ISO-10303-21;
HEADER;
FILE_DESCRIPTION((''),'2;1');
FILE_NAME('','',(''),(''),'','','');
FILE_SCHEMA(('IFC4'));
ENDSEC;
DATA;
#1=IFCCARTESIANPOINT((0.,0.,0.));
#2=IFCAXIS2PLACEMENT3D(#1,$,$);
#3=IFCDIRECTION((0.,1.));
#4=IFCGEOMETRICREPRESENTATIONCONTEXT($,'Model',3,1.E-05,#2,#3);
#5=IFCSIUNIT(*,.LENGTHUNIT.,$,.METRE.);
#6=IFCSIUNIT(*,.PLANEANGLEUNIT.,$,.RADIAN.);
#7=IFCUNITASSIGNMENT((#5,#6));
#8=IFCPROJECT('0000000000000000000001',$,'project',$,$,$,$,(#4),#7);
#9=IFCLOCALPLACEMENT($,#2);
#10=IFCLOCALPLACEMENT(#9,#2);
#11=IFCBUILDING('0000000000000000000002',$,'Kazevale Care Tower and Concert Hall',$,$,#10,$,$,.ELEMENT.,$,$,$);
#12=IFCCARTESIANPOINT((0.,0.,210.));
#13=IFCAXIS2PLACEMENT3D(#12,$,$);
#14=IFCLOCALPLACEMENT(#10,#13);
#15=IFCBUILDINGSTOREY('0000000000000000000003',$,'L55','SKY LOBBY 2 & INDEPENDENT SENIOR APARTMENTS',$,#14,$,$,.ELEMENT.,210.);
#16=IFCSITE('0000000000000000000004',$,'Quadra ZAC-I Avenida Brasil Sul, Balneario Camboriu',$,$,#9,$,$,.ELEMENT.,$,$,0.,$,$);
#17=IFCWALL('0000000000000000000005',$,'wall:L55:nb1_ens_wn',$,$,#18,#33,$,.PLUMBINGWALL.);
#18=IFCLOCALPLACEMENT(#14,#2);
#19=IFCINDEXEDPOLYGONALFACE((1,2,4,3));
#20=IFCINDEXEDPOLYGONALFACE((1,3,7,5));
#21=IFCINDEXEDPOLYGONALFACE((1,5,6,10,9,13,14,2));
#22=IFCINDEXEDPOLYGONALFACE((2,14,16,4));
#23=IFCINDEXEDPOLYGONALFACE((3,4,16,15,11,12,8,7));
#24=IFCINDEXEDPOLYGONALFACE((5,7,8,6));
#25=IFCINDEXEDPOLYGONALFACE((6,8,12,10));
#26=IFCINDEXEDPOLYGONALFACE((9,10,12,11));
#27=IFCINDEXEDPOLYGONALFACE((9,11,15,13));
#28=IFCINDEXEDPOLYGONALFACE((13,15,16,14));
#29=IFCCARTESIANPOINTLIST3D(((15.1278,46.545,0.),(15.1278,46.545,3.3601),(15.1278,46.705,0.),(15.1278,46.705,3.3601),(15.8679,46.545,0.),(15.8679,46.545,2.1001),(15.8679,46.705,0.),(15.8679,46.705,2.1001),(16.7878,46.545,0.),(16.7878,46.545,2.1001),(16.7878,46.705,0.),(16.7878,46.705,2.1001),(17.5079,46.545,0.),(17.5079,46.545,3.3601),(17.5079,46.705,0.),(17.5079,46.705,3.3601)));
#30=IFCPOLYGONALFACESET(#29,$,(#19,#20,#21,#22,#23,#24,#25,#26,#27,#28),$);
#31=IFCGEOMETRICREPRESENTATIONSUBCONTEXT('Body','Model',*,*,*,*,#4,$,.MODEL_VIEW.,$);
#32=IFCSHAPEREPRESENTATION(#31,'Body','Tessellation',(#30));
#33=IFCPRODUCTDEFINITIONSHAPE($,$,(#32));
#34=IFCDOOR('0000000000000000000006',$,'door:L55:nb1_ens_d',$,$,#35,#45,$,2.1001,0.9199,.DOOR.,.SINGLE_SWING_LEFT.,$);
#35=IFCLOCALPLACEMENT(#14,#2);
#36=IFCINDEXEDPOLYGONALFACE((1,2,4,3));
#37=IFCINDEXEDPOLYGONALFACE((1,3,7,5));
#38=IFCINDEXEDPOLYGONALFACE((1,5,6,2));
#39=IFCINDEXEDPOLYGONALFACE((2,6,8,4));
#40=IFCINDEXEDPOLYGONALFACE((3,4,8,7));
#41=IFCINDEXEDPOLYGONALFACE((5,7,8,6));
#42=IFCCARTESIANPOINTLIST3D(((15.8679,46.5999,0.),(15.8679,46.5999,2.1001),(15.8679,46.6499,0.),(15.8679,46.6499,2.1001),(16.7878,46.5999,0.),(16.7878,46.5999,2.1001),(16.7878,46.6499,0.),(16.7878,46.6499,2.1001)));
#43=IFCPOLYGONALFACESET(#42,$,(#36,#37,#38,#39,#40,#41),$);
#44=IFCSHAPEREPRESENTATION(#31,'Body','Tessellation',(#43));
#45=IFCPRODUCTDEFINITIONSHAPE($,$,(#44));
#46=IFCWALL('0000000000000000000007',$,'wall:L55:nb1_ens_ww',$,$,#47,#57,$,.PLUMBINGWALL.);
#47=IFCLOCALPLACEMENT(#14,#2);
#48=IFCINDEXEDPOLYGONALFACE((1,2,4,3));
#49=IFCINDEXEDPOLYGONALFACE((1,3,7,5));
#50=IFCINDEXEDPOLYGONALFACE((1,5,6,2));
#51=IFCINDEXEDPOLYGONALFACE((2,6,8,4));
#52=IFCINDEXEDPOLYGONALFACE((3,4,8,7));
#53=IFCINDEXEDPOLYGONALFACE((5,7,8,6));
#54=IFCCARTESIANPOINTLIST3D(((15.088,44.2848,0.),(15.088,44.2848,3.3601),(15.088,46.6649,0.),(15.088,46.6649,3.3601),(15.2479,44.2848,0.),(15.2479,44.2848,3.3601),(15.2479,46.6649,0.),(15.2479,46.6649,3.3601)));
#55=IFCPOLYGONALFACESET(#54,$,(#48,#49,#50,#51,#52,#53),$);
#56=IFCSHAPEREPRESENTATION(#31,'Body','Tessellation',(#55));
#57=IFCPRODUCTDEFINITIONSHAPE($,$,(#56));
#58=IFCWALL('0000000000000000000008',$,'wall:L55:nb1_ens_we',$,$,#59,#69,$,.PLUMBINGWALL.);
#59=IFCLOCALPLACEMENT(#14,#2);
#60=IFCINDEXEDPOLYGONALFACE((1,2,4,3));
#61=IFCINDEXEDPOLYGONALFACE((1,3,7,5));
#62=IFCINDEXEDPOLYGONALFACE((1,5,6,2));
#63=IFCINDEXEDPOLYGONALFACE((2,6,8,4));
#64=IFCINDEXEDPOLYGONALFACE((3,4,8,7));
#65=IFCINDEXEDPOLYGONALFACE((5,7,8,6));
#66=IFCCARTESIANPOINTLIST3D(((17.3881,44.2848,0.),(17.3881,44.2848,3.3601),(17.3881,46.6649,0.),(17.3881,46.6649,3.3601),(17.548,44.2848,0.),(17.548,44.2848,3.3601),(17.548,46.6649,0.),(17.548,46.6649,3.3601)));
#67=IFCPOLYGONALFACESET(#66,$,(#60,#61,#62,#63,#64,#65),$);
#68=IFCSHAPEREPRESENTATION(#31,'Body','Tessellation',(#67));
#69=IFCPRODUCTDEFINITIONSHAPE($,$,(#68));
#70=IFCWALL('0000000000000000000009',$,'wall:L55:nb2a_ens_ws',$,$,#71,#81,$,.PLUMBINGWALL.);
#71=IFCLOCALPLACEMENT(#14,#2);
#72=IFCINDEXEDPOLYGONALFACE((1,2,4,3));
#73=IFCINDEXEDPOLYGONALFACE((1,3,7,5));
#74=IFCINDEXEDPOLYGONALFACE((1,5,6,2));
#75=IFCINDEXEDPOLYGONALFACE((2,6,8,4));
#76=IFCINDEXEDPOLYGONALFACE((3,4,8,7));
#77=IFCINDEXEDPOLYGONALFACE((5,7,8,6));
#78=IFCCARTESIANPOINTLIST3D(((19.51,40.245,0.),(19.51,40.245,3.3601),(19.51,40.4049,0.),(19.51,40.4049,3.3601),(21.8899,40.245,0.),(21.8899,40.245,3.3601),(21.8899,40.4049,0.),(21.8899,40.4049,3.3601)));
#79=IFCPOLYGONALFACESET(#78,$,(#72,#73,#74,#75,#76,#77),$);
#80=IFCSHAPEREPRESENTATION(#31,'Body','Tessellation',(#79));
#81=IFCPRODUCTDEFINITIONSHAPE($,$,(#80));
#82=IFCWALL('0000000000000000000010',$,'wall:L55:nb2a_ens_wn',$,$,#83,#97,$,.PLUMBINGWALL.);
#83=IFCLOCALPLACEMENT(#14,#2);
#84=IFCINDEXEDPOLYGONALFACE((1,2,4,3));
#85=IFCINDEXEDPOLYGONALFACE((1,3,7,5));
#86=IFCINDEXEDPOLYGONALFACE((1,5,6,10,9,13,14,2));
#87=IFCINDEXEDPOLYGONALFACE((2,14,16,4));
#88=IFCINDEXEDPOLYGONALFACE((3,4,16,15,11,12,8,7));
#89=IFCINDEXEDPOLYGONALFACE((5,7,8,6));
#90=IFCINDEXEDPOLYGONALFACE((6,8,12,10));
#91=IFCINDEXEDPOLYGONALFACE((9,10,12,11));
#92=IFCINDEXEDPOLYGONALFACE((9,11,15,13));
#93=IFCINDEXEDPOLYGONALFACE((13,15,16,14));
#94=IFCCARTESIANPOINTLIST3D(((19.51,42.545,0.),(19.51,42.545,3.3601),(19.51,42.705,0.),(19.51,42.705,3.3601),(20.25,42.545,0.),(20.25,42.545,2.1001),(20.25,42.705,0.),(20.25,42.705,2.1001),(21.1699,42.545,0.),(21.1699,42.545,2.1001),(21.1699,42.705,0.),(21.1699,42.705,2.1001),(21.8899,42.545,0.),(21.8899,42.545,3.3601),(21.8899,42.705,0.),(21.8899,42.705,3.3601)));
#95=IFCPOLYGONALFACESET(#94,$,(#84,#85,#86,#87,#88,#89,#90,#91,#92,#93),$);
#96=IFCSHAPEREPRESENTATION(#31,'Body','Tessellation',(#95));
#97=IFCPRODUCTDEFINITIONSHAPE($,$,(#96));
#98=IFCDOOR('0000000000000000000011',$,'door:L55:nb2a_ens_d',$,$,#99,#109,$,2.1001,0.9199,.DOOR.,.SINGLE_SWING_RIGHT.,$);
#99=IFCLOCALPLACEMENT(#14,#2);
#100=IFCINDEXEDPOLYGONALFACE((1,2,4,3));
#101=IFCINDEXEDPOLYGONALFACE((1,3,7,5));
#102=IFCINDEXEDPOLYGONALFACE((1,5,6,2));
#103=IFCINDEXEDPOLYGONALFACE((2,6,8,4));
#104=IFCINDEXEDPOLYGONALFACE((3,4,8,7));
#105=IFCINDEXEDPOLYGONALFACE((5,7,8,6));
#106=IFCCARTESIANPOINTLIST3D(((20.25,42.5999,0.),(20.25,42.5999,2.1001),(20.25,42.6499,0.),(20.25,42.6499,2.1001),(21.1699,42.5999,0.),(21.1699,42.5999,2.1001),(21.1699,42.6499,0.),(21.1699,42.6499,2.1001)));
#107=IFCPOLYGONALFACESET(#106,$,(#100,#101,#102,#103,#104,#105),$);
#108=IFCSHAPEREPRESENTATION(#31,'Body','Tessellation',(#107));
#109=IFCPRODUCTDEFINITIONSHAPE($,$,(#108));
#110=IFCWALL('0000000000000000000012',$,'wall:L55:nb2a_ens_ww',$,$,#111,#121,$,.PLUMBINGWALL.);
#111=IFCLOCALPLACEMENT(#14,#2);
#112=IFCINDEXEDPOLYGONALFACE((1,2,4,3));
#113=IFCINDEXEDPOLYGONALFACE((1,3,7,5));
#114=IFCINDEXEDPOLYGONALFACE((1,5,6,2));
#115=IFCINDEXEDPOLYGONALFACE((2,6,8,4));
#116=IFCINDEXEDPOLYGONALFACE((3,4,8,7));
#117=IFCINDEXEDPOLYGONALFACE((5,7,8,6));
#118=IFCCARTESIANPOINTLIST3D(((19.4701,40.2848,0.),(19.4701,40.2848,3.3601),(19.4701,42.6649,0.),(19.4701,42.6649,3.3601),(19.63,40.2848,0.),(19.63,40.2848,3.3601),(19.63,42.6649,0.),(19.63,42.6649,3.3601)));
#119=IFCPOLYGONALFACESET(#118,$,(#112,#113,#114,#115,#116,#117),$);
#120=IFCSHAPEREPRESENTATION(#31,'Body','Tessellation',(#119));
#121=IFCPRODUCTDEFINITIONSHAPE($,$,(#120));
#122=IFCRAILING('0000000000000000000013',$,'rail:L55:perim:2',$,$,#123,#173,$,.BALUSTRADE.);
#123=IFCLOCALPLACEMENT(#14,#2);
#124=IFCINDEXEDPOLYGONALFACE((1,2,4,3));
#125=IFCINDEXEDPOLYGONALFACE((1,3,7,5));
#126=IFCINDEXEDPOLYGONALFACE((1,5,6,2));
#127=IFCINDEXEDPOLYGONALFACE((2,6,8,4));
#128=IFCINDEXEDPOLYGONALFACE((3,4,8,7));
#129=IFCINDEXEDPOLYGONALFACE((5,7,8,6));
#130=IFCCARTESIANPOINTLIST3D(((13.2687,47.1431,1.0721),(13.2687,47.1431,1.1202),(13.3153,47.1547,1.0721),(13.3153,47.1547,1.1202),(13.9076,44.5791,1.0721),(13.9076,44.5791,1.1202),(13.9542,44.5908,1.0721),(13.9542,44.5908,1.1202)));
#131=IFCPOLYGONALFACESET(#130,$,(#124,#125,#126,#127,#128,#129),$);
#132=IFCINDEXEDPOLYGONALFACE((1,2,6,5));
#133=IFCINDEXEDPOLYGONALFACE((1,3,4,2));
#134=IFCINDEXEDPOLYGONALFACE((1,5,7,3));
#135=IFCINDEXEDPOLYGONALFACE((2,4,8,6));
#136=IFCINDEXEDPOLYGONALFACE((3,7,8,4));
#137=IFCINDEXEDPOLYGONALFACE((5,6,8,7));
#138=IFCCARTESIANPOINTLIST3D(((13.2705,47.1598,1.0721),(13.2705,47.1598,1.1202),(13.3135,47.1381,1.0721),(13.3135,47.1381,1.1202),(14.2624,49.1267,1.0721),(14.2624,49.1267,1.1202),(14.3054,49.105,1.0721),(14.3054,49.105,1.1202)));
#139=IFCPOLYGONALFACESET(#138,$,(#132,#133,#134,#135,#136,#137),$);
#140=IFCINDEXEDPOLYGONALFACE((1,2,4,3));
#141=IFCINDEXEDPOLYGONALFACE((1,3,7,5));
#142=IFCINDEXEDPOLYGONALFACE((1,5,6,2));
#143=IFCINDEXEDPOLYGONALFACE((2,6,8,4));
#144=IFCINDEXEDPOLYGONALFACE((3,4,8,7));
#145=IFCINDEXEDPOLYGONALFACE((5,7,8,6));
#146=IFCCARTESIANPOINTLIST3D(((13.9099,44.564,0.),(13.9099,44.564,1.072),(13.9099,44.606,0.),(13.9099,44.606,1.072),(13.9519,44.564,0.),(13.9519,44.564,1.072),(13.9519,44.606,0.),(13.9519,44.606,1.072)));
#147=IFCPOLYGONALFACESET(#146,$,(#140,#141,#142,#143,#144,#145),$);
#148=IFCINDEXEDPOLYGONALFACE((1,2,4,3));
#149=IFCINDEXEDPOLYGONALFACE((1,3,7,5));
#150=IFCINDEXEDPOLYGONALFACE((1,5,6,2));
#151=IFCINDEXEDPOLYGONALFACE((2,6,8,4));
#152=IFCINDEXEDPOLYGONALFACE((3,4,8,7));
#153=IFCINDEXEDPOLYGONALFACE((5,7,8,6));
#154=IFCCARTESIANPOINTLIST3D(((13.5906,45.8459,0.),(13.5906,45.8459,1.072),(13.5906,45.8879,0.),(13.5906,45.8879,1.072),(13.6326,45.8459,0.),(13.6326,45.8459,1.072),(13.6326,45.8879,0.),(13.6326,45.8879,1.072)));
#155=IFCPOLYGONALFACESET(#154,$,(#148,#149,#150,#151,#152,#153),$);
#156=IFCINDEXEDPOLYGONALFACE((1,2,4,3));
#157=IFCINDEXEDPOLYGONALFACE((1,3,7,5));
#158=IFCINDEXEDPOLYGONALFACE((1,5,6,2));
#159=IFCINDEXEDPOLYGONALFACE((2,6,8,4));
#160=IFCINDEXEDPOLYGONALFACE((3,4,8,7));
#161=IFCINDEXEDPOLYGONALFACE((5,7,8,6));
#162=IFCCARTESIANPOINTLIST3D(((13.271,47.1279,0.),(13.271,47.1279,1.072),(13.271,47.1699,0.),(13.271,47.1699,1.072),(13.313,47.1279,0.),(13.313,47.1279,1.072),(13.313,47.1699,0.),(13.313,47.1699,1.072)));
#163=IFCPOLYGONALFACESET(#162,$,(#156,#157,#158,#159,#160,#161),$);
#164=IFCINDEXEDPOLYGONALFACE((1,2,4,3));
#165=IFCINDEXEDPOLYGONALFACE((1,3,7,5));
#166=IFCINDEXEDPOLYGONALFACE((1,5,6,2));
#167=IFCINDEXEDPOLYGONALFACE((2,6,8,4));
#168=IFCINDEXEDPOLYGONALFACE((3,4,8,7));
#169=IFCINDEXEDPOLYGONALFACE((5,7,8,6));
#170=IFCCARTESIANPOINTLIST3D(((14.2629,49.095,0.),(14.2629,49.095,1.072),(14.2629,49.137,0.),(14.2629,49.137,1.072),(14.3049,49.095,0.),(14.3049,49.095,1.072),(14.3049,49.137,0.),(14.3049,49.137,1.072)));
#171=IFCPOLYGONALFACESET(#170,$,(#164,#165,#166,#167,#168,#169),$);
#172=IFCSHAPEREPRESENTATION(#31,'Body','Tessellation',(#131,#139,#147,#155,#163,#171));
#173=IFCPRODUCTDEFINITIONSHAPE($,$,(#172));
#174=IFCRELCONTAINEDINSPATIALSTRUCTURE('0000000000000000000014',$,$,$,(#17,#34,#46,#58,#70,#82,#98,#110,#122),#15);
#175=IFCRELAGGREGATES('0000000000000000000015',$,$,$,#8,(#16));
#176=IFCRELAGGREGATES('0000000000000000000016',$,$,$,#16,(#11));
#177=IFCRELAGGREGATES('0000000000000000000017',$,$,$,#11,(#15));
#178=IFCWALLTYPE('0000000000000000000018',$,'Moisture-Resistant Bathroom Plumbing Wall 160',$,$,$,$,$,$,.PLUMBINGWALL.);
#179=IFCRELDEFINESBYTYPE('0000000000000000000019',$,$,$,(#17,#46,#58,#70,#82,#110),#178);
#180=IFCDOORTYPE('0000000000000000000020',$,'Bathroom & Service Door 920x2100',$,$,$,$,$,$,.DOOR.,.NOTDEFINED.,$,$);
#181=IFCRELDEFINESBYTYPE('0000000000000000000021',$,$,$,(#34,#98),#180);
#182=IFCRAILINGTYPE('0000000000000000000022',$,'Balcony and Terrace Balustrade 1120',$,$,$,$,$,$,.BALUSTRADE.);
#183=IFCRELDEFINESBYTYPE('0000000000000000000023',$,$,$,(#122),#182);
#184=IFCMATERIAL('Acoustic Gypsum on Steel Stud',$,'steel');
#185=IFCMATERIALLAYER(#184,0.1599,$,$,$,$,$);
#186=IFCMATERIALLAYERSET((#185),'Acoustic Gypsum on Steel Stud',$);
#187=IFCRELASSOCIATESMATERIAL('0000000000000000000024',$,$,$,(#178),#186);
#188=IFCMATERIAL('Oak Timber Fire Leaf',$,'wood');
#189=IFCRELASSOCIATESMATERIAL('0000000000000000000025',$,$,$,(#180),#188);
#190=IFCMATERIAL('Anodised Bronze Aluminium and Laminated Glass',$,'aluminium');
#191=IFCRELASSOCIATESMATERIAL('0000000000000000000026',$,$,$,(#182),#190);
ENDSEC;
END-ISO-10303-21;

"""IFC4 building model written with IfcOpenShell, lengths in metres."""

from ifc_helpers import new_model, si_unit, direction, frame, frame_2d, origin, origin_2d, place, context, subcontext, project, spatial, rectangle, extrude, material, layer, layer_set, type_object, element, fill, save


model = new_model("IFC4")

# Units and contexts
model_context = context("Model", 3, precision=1e-05, world=origin(), true_north=direction((0.0, 1.0)))
body_context = subcontext(model_context, "Body", "Model", "MODEL_VIEW")
ifc_project = project(units=[si_unit("LENGTHUNIT", "METRE"), si_unit("PLANEANGLEUNIT", "RADIAN")], contexts=[model_context])

# Site, building, storey
site_placement = place(None, origin())
site = spatial("IfcSite", under=ifc_project, at=site_placement, Name="Quadra ZAC-I Avenida Brasil Sul, Balneario Camboriu", CompositionType="ELEMENT", RefElevation=0.0)
building_placement = place(site_placement, origin())
building = spatial("IfcBuilding", under=site, at=building_placement, Name="Kazevale Care Tower and Concert Hall", CompositionType="ELEMENT")
storey_placement = place(building_placement, frame((0.0, 0.0, 210.0)))
storey = spatial("IfcBuildingStorey", under=building, at=storey_placement, Name="L55", Description="SKY LOBBY 2 & INDEPENDENT SENIOR APARTMENTS", CompositionType="ELEMENT", Elevation=210.0)

# Shared definitions
ifc_material_1 = material(Name="Acoustic Gypsum on Steel Stud", Category="steel")
ifc_layer_1 = layer(ifc_material_1, 0.1599)
ifc_layer_set_1 = layer_set([ifc_layer_1], Name="Acoustic Gypsum on Steel Stud")
wall_type_1 = type_object("IfcWallType", Name="Moisture-Resistant Bathroom Plumbing Wall 160", PredefinedType="PLUMBINGWALL", material=ifc_layer_set_1)

# Wall, opening, door
wall_1_placement = place(storey_placement, frame((15.1279, 46.625, 0.0), z_axis=(0.0, 0.0, 1.0), x_axis=(1.0, 0.0, 0.0)))
wall_1 = element("IfcWall", 1, at=wall_1_placement, inside=storey, type_object=wall_type_1, Name="wall:L55:nb1_ens_wn", PredefinedType="PLUMBINGWALL", context=body_context, shape_type="SweptSolid", body=[
    extrude(rectangle(XDim=2.3801, YDim=0.1599, at=frame_2d((1.1899, 0.0))), origin(), (0.0, 0.0, 1.0), 3.3601),
])
opening_1_placement = place(wall_1_placement, frame((0.74, 0.0, 0.0)))
opening_1 = element("IfcOpeningElement", 2, at=opening_1_placement, cuts=wall_1, PredefinedType="OPENING", context=body_context, shape_type="SweptSolid", body=[
    extrude(rectangle(XDim=0.9199, YDim=2.1001, at=frame_2d((0.46, 1.05))), frame((0.0, 0.0898, 0.0), z_axis=(0.0, -1.0, 0.0), x_axis=(1.0, 0.0, 0.0)), (0.0, 0.0, 1.0), 0.1799),
])
ifc_material_2 = material(Name="Oak Timber Fire Leaf", Category="wood")
door_type = type_object("IfcDoorType", Name="Bathroom & Service Door 920x2100", OperationType="NOTDEFINED", PredefinedType="DOOR", material=ifc_material_2)
door_1_placement = place(opening_1_placement, origin())
door_1 = element("IfcDoor", 3, at=door_1_placement, inside=storey, type_object=door_type, Name="door:L55:nb1_ens_d", OperationType="SINGLE_SWING_LEFT", OverallHeight=2.1001, OverallWidth=0.9199, PredefinedType="DOOR", context=body_context, shape_type="SweptSolid", body=[
    extrude(rectangle(XDim=0.9199, YDim=2.1001, at=frame_2d((0.46, 1.05))), frame((0.0, 0.0249, 0.0), z_axis=(0.0, -1.0, 0.0), x_axis=(1.0, 0.0, 0.0)), (0.0, 0.0, 1.0), 0.05),
])
fill(opening_1, door_1)

# Walls
for number, where, z_axis, x_axis, name in (
    (4, (15.168, 44.2849, 0.0), (0.0, 0.0, 1.0), (0.0, 1.0, 0.0), "wall:L55:nb1_ens_ww"),
    (5, (17.468, 44.2849, 0.0), (0.0, 0.0, 1.0), (0.0, 1.0, 0.0), "wall:L55:nb1_ens_we"),
):
    element("IfcWall", number, at=place(storey_placement, frame(where, z_axis=z_axis, x_axis=x_axis)), inside=storey, type_object=wall_type_1, Name=name, PredefinedType="PLUMBINGWALL", context=body_context, shape_type="SweptSolid", body=[
        extrude(rectangle(XDim=2.3801, YDim=0.1599, at=frame_2d((1.1899, 0.0))), origin(), (0.0, 0.0, 1.0), 3.3601),
    ])
wall_2_placement = place(storey_placement, frame((19.51, 40.325, 0.0), z_axis=(0.0, 0.0, 1.0), x_axis=(1.0, 0.0, 0.0)))
element("IfcWall", 6, at=wall_2_placement, inside=storey, type_object=wall_type_1, Name="wall:L55:nb2a_ens_ws", PredefinedType="PLUMBINGWALL", context=body_context, shape_type="SweptSolid", body=[
    extrude(rectangle(XDim=2.3799, YDim=0.1599, at=frame_2d((1.1899, 0.0))), origin(), (0.0, 0.0, 1.0), 3.3601),
])

# Wall, opening, door
wall_3_placement = place(storey_placement, frame((19.51, 42.625, 0.0), z_axis=(0.0, 0.0, 1.0), x_axis=(1.0, 0.0, 0.0)))
wall_3 = element("IfcWall", 7, at=wall_3_placement, inside=storey, type_object=wall_type_1, Name="wall:L55:nb2a_ens_wn", PredefinedType="PLUMBINGWALL", context=body_context, shape_type="SweptSolid", body=[
    extrude(rectangle(XDim=2.3799, YDim=0.1599, at=frame_2d((1.1899, 0.0))), origin(), (0.0, 0.0, 1.0), 3.3601),
])
opening_2_placement = place(wall_3_placement, frame((0.74, 0.0, 0.0)))
opening_2 = element("IfcOpeningElement", 8, at=opening_2_placement, cuts=wall_3, PredefinedType="OPENING", context=body_context, shape_type="SweptSolid", body=[
    extrude(rectangle(XDim=0.9199, YDim=2.1001, at=frame_2d((0.46, 1.05))), frame((0.0, 0.0898, 0.0), z_axis=(0.0, -1.0, 0.0), x_axis=(1.0, 0.0, 0.0)), (0.0, 0.0, 1.0), 0.1799),
])
door_2_placement = place(opening_2_placement, origin())
door_2 = element("IfcDoor", 9, at=door_2_placement, inside=storey, type_object=door_type, Name="door:L55:nb2a_ens_d", OperationType="SINGLE_SWING_RIGHT", OverallHeight=2.1001, OverallWidth=0.9199, PredefinedType="DOOR", context=body_context, shape_type="SweptSolid", body=[
    extrude(rectangle(XDim=0.9199, YDim=2.1001, at=frame_2d((0.46, 1.05))), frame((0.0, 0.0249, 0.0), z_axis=(0.0, -1.0, 0.0), x_axis=(1.0, 0.0, 0.0)), (0.0, 0.0, 1.0), 0.05),
])
fill(opening_2, door_2)

# Wall
wall_4_placement = place(storey_placement, frame((19.55, 40.2849, 0.0), z_axis=(0.0, 0.0, 1.0), x_axis=(0.0, 1.0, 0.0)))
element("IfcWall", 10, at=wall_4_placement, inside=storey, type_object=wall_type_1, Name="wall:L55:nb2a_ens_ww", PredefinedType="PLUMBINGWALL", context=body_context, shape_type="SweptSolid", body=[
    extrude(rectangle(XDim=2.3801, YDim=0.1599, at=frame_2d((1.1899, 0.0))), origin(), (0.0, 0.0, 1.0), 3.3601),
])

# Railing
ifc_material_3 = material(Name="Anodised Bronze Aluminium and Laminated Glass", Category="aluminium")
railing_type = type_object("IfcRailingType", Name="Balcony and Terrace Balustrade 1120", PredefinedType="BALUSTRADE", material=ifc_material_3)
railing_1_placement = place(storey_placement, frame((13.9309, 44.585, 0.0)))
element("IfcRailing", 11, at=railing_1_placement, inside=storey, type_object=railing_type, Name="rail:L55:perim:2", PredefinedType="BALUSTRADE", context=body_context, shape_type="SweptSolid", body=[
    extrude(rectangle(XDim=0.0481, YDim=0.0481, at=origin_2d()), frame((0.0, 0.0, 1.0962), z_axis=(-0.241796, 0.970327, 0.0), x_axis=(-0.970327, -0.241796, 0.0)), (0.0, 0.0, 1.0), 2.6423),
    extrude(rectangle(XDim=0.0481, YDim=0.0481, at=origin_2d()), frame((-0.6389, 2.564, 1.0962), z_axis=(0.45027, 0.892893, 0.0), x_axis=(-0.892893, 0.45027, 0.0)), (0.0, 0.0, 1.0), 2.2029),
    extrude(rectangle(XDim=0.042, YDim=0.042, at=origin_2d()), origin(), (0.0, 0.0, 1.0), 1.072),
    extrude(rectangle(XDim=0.042, YDim=0.042, at=origin_2d()), frame((-0.3193, 1.282, 0.0)), (0.0, 0.0, 1.0), 1.072),
    extrude(rectangle(XDim=0.042, YDim=0.042, at=origin_2d()), frame((-0.6389, 2.564, 0.0)), (0.0, 0.0, 1.0), 1.072),
    extrude(rectangle(XDim=0.042, YDim=0.042, at=origin_2d()), frame((0.353, 4.531, 0.0)), (0.0, 0.0, 1.0), 1.072),
])

save(model, "model.ifc")
